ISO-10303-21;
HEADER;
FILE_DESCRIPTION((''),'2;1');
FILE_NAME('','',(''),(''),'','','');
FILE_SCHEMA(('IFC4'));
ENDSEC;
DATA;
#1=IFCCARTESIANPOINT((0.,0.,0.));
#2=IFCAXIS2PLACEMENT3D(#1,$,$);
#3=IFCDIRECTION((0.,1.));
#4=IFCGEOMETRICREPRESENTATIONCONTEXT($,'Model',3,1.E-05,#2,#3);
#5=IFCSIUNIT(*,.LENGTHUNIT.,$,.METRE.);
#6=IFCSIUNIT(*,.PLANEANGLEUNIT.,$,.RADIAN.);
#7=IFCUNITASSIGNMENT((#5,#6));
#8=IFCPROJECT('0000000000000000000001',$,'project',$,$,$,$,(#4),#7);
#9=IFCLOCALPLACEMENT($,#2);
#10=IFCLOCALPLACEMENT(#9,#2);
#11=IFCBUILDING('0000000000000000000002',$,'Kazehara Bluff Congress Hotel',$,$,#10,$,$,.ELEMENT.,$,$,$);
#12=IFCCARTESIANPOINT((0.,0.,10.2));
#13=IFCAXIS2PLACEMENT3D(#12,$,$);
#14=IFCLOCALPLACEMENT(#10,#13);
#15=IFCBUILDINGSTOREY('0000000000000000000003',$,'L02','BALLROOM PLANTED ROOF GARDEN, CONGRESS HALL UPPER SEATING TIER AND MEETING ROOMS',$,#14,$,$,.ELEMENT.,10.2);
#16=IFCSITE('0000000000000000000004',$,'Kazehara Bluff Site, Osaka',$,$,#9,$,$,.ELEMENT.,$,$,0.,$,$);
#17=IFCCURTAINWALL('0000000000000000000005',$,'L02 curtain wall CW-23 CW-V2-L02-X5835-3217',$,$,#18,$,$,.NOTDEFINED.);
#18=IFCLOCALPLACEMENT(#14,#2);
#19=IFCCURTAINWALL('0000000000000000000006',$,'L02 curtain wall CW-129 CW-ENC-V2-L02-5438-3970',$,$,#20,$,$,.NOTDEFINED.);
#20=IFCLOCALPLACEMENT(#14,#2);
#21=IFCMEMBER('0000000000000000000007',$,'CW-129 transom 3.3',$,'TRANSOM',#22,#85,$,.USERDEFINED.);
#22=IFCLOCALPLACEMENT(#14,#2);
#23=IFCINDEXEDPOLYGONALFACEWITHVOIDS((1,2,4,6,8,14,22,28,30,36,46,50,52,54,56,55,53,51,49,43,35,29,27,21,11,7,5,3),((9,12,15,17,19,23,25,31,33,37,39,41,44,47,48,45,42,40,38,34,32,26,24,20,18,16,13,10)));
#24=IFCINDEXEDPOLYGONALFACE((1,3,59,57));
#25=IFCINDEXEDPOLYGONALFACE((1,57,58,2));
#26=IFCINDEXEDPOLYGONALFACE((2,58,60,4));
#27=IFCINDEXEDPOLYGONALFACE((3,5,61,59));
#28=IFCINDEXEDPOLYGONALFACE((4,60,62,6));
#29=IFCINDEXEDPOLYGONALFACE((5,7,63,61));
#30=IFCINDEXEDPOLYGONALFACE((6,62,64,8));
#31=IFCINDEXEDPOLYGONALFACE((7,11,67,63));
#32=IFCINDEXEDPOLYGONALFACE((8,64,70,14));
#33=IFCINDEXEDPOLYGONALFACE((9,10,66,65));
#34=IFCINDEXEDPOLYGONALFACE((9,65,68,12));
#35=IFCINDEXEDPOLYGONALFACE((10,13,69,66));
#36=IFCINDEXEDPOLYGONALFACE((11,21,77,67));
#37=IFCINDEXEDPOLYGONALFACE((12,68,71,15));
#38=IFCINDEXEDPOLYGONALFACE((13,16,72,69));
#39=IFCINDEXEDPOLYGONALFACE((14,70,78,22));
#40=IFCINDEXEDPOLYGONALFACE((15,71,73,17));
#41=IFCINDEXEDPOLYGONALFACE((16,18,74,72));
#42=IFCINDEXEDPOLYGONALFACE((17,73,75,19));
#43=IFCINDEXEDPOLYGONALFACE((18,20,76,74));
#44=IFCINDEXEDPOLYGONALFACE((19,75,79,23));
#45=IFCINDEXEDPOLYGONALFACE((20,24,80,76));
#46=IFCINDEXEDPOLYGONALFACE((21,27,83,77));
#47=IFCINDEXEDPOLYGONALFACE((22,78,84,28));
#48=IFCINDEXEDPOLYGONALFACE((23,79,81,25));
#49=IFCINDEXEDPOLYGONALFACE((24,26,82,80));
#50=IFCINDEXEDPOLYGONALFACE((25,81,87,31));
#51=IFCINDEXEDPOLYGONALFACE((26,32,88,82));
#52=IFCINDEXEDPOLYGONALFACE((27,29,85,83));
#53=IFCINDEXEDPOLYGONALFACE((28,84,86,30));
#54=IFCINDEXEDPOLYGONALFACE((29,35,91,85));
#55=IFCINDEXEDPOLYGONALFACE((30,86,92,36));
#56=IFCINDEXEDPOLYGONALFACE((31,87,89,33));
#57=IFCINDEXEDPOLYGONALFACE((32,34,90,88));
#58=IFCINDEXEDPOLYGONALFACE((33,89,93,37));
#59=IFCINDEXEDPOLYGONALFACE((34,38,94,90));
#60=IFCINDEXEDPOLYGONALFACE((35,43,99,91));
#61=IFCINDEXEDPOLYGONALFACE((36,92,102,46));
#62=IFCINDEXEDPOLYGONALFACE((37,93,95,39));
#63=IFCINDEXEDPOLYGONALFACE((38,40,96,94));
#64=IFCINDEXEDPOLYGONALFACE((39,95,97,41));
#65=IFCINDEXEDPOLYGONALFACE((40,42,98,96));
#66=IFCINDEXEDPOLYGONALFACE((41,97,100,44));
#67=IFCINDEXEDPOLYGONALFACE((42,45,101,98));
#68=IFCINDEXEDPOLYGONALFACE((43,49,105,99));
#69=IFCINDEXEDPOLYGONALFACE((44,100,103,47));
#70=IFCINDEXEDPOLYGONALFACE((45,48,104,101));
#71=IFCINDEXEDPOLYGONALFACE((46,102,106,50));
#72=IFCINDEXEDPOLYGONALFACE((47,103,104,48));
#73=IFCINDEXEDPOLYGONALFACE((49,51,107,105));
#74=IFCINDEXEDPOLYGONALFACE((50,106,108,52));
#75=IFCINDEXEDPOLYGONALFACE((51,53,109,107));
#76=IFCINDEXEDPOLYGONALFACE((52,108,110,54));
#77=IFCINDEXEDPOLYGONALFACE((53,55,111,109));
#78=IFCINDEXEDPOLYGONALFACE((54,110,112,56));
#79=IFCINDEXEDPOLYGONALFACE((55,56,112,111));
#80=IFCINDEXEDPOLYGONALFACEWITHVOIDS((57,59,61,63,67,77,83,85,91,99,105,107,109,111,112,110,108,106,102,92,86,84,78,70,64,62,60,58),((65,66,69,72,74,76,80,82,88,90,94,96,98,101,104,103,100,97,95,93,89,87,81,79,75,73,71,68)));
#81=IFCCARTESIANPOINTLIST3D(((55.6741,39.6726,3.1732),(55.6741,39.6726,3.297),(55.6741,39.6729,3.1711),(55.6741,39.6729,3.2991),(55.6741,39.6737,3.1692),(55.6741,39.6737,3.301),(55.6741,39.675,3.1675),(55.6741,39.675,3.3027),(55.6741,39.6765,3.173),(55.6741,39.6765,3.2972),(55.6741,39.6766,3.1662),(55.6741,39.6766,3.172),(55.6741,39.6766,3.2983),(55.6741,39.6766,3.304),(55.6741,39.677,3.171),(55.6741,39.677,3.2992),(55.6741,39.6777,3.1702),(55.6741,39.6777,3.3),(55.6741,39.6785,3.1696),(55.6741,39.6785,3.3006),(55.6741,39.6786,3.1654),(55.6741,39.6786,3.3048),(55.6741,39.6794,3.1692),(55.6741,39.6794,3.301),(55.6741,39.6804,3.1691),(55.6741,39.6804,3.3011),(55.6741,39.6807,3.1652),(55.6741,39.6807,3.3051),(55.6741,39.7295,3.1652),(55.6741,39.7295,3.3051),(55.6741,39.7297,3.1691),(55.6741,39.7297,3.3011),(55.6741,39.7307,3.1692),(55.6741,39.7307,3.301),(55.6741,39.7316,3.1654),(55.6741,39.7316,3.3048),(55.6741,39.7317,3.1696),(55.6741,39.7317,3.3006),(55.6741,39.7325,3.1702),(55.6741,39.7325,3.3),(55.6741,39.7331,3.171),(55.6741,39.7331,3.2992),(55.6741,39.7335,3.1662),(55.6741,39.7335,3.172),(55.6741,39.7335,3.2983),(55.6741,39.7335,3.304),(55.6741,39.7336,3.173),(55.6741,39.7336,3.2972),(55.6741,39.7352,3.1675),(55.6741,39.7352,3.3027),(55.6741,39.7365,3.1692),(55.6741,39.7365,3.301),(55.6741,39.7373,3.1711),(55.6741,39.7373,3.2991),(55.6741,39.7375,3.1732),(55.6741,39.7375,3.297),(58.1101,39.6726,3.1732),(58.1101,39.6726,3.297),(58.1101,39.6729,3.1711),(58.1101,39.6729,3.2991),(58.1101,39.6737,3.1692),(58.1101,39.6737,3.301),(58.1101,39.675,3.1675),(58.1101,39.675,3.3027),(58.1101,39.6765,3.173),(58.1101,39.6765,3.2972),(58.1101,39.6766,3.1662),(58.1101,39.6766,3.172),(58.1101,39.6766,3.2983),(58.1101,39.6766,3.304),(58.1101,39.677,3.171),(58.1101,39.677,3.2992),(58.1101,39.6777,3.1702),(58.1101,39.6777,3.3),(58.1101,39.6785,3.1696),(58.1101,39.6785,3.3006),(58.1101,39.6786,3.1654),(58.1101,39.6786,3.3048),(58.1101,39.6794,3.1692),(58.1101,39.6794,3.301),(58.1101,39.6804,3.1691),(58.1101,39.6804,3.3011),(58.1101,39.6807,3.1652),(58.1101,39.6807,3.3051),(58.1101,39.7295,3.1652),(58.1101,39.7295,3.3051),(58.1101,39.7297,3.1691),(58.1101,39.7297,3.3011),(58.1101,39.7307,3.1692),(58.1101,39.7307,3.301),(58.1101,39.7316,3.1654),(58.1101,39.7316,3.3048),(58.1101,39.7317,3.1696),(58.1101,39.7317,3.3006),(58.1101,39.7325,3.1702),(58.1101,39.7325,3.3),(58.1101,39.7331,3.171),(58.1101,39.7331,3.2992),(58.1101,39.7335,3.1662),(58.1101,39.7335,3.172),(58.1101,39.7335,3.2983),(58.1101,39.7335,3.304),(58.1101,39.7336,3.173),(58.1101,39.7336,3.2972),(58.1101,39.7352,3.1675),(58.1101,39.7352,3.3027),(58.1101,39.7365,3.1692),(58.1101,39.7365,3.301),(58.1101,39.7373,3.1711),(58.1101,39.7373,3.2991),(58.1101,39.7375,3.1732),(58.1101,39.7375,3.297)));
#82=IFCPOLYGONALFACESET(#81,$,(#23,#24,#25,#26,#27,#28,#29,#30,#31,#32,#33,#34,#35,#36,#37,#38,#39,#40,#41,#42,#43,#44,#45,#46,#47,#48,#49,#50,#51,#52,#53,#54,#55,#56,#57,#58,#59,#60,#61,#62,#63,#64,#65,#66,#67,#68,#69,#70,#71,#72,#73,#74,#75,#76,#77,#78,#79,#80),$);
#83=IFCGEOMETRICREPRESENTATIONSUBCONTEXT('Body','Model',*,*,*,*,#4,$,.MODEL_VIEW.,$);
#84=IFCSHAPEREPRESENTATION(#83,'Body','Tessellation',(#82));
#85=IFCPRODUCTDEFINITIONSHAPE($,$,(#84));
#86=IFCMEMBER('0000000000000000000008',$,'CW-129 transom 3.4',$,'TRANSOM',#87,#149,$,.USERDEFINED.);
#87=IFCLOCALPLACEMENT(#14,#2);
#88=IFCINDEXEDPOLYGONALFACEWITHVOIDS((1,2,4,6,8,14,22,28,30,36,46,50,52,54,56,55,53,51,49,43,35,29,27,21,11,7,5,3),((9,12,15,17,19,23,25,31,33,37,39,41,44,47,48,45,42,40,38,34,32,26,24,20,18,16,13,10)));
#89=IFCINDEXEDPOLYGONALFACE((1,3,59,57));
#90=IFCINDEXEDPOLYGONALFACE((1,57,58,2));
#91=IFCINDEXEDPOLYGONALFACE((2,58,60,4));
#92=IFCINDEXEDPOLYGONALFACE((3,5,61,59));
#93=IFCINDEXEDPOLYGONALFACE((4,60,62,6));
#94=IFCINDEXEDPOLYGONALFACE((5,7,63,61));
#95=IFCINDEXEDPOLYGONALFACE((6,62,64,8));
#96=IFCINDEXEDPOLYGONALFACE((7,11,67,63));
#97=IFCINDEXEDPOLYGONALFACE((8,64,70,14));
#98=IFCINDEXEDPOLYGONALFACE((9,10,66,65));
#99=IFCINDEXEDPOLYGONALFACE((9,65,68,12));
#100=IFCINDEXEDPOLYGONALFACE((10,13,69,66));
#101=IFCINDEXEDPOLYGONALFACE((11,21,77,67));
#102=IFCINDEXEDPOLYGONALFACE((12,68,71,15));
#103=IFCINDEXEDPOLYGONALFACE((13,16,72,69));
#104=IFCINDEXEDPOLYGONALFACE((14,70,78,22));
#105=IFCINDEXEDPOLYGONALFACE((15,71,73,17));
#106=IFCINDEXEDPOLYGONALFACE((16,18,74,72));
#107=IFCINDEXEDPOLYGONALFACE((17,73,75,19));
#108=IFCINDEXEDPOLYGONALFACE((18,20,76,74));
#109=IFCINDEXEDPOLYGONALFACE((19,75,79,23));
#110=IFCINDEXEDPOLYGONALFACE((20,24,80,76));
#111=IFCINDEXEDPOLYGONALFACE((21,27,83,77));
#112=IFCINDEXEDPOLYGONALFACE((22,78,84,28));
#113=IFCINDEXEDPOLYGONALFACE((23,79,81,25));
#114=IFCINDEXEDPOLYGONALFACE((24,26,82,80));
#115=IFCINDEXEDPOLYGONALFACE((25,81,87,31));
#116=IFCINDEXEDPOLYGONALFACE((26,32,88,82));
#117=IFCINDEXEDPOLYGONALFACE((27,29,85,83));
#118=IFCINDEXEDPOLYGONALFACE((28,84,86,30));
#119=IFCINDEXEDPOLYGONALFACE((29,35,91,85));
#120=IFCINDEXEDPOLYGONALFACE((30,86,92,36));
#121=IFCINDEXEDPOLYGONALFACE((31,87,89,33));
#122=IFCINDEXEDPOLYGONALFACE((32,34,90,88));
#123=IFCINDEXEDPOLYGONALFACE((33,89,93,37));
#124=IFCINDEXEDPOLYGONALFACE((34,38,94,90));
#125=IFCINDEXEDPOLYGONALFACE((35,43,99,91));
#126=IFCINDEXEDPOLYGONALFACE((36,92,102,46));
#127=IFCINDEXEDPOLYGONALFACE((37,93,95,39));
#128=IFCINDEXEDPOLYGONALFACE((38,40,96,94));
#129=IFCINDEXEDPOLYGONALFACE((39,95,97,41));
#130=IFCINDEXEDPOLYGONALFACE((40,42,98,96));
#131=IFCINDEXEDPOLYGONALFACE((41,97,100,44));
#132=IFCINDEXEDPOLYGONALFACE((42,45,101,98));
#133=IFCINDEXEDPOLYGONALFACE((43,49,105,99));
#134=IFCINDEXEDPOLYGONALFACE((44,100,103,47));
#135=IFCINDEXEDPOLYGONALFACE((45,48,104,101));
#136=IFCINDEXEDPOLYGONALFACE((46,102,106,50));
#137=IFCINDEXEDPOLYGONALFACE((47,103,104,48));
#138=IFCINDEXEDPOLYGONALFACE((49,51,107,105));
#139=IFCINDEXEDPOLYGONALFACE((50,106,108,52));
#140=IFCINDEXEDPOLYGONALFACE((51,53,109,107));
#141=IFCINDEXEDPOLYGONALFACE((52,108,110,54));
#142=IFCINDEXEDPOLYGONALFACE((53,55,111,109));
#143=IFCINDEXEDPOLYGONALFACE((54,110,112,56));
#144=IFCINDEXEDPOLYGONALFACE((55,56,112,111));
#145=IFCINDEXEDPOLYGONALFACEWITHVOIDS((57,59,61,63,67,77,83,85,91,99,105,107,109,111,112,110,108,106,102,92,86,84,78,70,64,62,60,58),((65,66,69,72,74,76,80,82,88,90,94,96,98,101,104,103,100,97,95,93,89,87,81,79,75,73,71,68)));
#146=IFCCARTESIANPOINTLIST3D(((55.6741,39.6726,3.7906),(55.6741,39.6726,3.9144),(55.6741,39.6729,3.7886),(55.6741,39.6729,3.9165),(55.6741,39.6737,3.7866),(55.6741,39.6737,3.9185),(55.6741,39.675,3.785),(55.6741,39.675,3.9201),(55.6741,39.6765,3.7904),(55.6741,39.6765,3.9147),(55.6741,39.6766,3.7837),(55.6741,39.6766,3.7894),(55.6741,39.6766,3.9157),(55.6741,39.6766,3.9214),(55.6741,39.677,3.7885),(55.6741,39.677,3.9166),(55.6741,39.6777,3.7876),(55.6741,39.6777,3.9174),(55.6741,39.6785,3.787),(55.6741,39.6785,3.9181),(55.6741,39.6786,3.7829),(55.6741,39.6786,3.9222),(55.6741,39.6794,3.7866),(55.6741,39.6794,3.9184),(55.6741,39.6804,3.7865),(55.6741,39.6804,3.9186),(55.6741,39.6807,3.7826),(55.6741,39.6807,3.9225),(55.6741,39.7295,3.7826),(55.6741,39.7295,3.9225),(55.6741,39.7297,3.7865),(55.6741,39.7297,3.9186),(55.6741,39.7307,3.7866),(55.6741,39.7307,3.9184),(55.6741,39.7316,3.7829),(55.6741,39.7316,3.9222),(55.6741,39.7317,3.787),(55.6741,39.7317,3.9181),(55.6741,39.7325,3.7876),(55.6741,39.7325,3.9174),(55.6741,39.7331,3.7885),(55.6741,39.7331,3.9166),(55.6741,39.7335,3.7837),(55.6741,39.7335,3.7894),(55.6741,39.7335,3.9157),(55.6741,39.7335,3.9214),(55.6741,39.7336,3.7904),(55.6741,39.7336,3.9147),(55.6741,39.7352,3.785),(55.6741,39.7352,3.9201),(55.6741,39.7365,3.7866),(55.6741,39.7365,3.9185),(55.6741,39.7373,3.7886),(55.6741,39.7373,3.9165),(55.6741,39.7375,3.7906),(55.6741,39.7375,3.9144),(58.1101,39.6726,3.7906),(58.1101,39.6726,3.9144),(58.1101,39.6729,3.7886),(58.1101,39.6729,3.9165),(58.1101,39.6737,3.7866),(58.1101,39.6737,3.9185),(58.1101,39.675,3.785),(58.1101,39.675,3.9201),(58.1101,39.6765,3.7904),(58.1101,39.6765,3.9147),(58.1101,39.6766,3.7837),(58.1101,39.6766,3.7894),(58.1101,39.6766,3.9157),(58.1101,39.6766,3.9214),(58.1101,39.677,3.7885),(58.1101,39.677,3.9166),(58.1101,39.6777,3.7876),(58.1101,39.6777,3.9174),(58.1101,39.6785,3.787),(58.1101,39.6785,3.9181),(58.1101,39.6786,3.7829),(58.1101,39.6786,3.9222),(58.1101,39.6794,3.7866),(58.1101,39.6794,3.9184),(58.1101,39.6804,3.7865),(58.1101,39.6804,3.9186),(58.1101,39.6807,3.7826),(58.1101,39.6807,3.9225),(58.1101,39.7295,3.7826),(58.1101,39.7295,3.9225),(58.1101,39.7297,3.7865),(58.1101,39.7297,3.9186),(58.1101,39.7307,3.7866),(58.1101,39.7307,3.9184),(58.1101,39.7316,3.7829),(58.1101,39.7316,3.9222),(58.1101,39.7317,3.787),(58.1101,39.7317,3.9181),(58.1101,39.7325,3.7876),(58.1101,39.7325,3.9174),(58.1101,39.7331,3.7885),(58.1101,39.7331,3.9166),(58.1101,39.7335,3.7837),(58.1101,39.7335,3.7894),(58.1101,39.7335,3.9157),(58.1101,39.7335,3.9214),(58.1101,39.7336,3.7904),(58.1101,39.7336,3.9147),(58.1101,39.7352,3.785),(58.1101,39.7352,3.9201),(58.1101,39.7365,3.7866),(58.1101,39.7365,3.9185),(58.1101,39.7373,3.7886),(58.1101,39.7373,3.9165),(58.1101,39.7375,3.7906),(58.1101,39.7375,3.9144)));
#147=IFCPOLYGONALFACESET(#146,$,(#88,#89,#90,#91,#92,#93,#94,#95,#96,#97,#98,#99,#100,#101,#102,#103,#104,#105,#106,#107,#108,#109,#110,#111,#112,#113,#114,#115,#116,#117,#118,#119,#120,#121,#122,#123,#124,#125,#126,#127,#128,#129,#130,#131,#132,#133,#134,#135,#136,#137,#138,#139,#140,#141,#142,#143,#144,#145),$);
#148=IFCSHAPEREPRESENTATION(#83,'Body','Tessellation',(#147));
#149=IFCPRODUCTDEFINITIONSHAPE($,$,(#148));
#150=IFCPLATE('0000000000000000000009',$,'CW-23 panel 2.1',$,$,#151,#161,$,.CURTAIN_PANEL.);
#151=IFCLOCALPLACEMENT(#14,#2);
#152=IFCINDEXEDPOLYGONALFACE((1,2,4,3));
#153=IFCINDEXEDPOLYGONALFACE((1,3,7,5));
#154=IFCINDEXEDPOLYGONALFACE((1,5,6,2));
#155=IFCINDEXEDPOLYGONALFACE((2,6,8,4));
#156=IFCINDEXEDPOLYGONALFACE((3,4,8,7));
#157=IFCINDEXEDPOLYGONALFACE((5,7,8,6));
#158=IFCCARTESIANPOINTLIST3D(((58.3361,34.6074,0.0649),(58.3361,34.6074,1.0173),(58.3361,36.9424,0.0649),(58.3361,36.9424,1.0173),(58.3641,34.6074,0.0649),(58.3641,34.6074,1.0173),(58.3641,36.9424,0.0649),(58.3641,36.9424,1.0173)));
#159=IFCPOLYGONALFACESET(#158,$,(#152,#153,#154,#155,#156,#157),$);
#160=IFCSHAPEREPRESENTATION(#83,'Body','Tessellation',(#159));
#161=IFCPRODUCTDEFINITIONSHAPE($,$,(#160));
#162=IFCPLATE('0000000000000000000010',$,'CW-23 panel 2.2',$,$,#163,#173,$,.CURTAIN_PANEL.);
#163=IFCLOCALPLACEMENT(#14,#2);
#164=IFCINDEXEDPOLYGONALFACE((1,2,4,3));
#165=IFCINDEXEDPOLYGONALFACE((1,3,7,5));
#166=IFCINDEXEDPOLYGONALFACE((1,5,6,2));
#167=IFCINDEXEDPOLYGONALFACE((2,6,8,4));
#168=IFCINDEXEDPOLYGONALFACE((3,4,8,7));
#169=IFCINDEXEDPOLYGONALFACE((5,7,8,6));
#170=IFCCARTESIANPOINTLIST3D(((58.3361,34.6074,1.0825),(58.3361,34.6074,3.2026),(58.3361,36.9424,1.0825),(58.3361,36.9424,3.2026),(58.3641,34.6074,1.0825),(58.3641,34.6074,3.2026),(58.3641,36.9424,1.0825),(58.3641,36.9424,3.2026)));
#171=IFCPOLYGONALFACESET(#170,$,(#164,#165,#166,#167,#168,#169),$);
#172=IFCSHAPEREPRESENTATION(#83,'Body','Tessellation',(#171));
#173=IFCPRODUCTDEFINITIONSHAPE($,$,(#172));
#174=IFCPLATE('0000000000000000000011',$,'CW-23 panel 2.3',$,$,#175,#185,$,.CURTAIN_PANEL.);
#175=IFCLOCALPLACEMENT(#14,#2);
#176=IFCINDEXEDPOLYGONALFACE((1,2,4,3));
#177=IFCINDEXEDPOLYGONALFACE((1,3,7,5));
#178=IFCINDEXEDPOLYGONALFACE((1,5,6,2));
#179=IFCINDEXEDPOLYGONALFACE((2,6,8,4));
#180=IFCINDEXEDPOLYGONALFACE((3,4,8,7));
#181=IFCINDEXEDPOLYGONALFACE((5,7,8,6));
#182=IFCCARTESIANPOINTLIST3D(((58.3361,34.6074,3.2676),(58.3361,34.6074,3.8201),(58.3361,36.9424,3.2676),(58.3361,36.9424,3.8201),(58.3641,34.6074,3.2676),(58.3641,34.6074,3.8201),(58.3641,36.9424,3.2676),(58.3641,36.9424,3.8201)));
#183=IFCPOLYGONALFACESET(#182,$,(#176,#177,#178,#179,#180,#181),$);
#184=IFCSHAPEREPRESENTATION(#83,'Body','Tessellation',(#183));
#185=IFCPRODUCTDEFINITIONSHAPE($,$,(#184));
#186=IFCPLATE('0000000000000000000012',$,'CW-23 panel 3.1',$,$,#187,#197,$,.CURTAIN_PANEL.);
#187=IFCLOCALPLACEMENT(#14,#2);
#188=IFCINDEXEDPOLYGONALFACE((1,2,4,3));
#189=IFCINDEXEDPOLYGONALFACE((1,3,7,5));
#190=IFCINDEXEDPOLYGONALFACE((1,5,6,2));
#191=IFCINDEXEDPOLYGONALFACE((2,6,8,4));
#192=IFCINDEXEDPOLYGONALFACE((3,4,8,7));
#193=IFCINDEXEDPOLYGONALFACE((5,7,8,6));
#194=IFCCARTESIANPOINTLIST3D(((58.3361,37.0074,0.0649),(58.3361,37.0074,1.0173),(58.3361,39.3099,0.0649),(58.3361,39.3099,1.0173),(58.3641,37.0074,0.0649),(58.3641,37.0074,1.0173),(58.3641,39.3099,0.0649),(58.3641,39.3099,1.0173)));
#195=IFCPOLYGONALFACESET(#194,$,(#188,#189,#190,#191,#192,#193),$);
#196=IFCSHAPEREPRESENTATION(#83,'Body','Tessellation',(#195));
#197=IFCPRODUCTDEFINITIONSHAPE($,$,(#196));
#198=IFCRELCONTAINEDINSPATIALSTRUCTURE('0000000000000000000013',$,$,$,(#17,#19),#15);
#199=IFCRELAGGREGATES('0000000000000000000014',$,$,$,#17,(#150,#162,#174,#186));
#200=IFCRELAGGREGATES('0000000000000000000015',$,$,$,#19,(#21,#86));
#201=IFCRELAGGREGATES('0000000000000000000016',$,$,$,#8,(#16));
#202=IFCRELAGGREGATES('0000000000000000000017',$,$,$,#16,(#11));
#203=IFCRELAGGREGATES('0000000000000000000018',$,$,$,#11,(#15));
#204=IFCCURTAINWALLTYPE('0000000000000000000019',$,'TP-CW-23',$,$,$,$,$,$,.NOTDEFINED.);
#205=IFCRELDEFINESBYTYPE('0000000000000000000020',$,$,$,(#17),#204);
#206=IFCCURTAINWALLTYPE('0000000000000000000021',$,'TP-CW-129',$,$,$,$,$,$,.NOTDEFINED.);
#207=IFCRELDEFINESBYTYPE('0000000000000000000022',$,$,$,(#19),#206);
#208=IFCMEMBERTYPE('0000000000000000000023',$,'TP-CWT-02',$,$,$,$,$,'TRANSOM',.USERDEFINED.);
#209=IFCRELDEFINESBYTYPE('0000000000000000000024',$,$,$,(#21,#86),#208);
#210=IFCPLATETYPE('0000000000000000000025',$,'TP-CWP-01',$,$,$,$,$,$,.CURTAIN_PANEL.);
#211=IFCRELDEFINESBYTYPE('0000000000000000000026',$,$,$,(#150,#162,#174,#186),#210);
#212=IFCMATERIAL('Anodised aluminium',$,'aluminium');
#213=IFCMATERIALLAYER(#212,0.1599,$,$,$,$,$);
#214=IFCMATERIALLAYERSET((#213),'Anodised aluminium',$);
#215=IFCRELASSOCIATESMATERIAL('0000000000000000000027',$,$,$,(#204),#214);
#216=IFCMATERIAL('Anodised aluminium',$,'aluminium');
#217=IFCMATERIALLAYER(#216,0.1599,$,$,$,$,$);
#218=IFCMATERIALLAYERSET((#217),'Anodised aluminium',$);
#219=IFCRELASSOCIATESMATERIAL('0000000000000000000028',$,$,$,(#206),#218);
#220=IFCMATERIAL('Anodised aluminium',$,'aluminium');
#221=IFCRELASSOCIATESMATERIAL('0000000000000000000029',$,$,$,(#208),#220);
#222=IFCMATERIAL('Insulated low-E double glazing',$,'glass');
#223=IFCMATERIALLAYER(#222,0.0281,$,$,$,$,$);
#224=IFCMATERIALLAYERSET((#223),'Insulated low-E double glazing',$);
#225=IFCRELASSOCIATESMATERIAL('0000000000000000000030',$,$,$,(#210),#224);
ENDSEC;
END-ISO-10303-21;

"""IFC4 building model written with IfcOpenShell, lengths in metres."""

from ifc_helpers import new_model, si_unit, direction, frame, origin, origin_2d, place, context, subcontext, project, spatial, rectangle, hollow_rectangle, extrude, material, layer, layer_set, material_profile, profile_set, type_object, element, aggregate, save


model = new_model("IFC4")

# Units and contexts
model_context = context("Model", 3, precision=1e-05, world=origin(), true_north=direction((0.0, 1.0)))
body_context = subcontext(model_context, "Body", "Model", "MODEL_VIEW")
ifc_project = project(units=[si_unit("LENGTHUNIT", "METRE"), si_unit("PLANEANGLEUNIT", "RADIAN")], contexts=[model_context])

# Site, building, storey
site_placement = place(None, origin())
site = spatial("IfcSite", under=ifc_project, at=site_placement, Name="Kazehara Bluff Site, Osaka", CompositionType="ELEMENT", RefElevation=0.0)
building_placement = place(site_placement, origin())
building = spatial("IfcBuilding", under=site, at=building_placement, Name="Kazehara Bluff Congress Hotel", CompositionType="ELEMENT")
storey_placement = place(building_placement, frame((0.0, 0.0, 10.2)))
storey = spatial("IfcBuildingStorey", under=building, at=storey_placement, Name="L02", Description="BALLROOM PLANTED ROOF GARDEN, CONGRESS HALL UPPER SEATING TIER AND MEETING ROOMS", CompositionType="ELEMENT", Elevation=10.2)

# Curtain wall
ifc_material_1 = material(Name="Anodised aluminium", Category="aluminium")
ifc_layer_1 = layer(ifc_material_1, 0.1599)
ifc_layer_set_1 = layer_set([ifc_layer_1], Name="Anodised aluminium")
curtain_wall_type_1 = type_object("IfcCurtainWallType", Name="TP-CW-23", PredefinedType="NOTDEFINED", material=ifc_layer_set_1)
curtain_wall_1_placement = place(storey_placement, origin())
curtain_wall_1 = element("IfcCurtainWall", 1, at=curtain_wall_1_placement, inside=storey, type_object=curtain_wall_type_1, Name="L02 curtain wall CW-23 CW-V2-L02-X5835-3217", PredefinedType="NOTDEFINED")

# Curtain wall
ifc_material_2 = material(Name="Anodised aluminium", Category="aluminium")
ifc_layer_2 = layer(ifc_material_2, 0.1599)
ifc_layer_set_2 = layer_set([ifc_layer_2], Name="Anodised aluminium")
curtain_wall_type_2 = type_object("IfcCurtainWallType", Name="TP-CW-129", PredefinedType="NOTDEFINED", material=ifc_layer_set_2)
curtain_wall_2_placement = place(storey_placement, origin())
curtain_wall_2 = element("IfcCurtainWall", 2, at=curtain_wall_2_placement, inside=storey, type_object=curtain_wall_type_2, Name="L02 curtain wall CW-129 CW-ENC-V2-L02-5438-3970", PredefinedType="NOTDEFINED")

# Members
ifc_material_3 = material(Name="Anodised aluminium", Category="aluminium")
ifc_material_profile_1 = material_profile(ifc_material_3, hollow_rectangle(XDim=0.0649, YDim=0.1399, WallThickness=0.0039, InnerFilletRadius=0.0039, OuterFilletRadius=0.0081, at=origin_2d()))
ifc_profile_set_1 = profile_set([ifc_material_profile_1], Name="Anodised aluminium")
member_type_1 = type_object("IfcMemberType", Name="TP-CWT-02", ElementType="TRANSOM", PredefinedType="USERDEFINED", material=ifc_profile_set_1)
member_1_placement = place(storey_placement, frame((55.6741, 39.7051, 3.2351), z_axis=(1.0, 0.0, 0.0), x_axis=(0.0, 1.0, 0.0)))
member_1 = element("IfcMember", 3, at=member_1_placement, type_object=member_type_1, Name="CW-129 transom 3.3", ObjectType="TRANSOM", PredefinedType="USERDEFINED", context=body_context, shape_type="SweptSolid", body=[
    extrude(hollow_rectangle(XDim=0.0649, YDim=0.1399, WallThickness=0.0039, InnerFilletRadius=0.0039, OuterFilletRadius=0.0081, at=origin_2d()), origin(), (0.0, 0.0, 1.0), 2.436),
])
member_2_placement = place(storey_placement, frame((55.6741, 39.7051, 3.8525), z_axis=(1.0, 0.0, 0.0), x_axis=(0.0, 1.0, 0.0)))
member_2 = element("IfcMember", 4, at=member_2_placement, type_object=member_type_1, Name="CW-129 transom 3.4", ObjectType="TRANSOM", PredefinedType="USERDEFINED", context=body_context, shape_type="SweptSolid", body=[
    extrude(hollow_rectangle(XDim=0.0649, YDim=0.1399, WallThickness=0.0039, InnerFilletRadius=0.0039, OuterFilletRadius=0.0081, at=origin_2d()), origin(), (0.0, 0.0, 1.0), 2.436),
])

# Plates
ifc_material_4 = material(Name="Insulated low-E double glazing", Category="glass")
ifc_layer_3 = layer(ifc_material_4, 0.0281)
ifc_layer_set_3 = layer_set([ifc_layer_3], Name="Insulated low-E double glazing")
plate_type = type_object("IfcPlateType", Name="TP-CWP-01", PredefinedType="CURTAIN_PANEL", material=ifc_layer_set_3)
plate_1_placement = place(storey_placement, frame((58.3501, 35.7749, 0.0649), z_axis=(0.0, 0.0, 1.0), x_axis=(0.0, 1.0, 0.0)))
plate_1 = element("IfcPlate", 5, at=plate_1_placement, type_object=plate_type, Name="CW-23 panel 2.1", PredefinedType="CURTAIN_PANEL", context=body_context, shape_type="SweptSolid", body=[
    extrude(rectangle(XDim=2.335, YDim=0.0281, at=origin_2d()), origin(), (0.0, 0.0, 1.0), 0.9524),
])
plate_2_placement = place(storey_placement, frame((58.3501, 35.7749, 1.0825), z_axis=(0.0, 0.0, 1.0), x_axis=(0.0, 1.0, 0.0)))
plate_2 = element("IfcPlate", 6, at=plate_2_placement, type_object=plate_type, Name="CW-23 panel 2.2", PredefinedType="CURTAIN_PANEL", context=body_context, shape_type="SweptSolid", body=[
    extrude(rectangle(XDim=2.335, YDim=0.0281, at=origin_2d()), origin(), (0.0, 0.0, 1.0), 2.1201),
])
plate_3_placement = place(storey_placement, frame((58.3501, 35.7749, 3.2676), z_axis=(0.0, 0.0, 1.0), x_axis=(0.0, 1.0, 0.0)))
plate_3 = element("IfcPlate", 7, at=plate_3_placement, type_object=plate_type, Name="CW-23 panel 2.3", PredefinedType="CURTAIN_PANEL", context=body_context, shape_type="SweptSolid", body=[
    extrude(rectangle(XDim=2.335, YDim=0.0281, at=origin_2d()), origin(), (0.0, 0.0, 1.0), 0.5525),
])
plate_4_placement = place(storey_placement, frame((58.3501, 38.1587, 0.0649), z_axis=(0.0, 0.0, 1.0), x_axis=(0.0, 1.0, 0.0)))
plate_4 = element("IfcPlate", 8, at=plate_4_placement, type_object=plate_type, Name="CW-23 panel 3.1", PredefinedType="CURTAIN_PANEL", context=body_context, shape_type="SweptSolid", body=[
    extrude(rectangle(XDim=2.3025, YDim=0.0281, at=origin_2d()), origin(), (0.0, 0.0, 1.0), 0.9524),
])
aggregate(curtain_wall_1, [plate_1, plate_2, plate_3, plate_4])
aggregate(curtain_wall_2, [member_1, member_2])

save(model, "model.ifc")
